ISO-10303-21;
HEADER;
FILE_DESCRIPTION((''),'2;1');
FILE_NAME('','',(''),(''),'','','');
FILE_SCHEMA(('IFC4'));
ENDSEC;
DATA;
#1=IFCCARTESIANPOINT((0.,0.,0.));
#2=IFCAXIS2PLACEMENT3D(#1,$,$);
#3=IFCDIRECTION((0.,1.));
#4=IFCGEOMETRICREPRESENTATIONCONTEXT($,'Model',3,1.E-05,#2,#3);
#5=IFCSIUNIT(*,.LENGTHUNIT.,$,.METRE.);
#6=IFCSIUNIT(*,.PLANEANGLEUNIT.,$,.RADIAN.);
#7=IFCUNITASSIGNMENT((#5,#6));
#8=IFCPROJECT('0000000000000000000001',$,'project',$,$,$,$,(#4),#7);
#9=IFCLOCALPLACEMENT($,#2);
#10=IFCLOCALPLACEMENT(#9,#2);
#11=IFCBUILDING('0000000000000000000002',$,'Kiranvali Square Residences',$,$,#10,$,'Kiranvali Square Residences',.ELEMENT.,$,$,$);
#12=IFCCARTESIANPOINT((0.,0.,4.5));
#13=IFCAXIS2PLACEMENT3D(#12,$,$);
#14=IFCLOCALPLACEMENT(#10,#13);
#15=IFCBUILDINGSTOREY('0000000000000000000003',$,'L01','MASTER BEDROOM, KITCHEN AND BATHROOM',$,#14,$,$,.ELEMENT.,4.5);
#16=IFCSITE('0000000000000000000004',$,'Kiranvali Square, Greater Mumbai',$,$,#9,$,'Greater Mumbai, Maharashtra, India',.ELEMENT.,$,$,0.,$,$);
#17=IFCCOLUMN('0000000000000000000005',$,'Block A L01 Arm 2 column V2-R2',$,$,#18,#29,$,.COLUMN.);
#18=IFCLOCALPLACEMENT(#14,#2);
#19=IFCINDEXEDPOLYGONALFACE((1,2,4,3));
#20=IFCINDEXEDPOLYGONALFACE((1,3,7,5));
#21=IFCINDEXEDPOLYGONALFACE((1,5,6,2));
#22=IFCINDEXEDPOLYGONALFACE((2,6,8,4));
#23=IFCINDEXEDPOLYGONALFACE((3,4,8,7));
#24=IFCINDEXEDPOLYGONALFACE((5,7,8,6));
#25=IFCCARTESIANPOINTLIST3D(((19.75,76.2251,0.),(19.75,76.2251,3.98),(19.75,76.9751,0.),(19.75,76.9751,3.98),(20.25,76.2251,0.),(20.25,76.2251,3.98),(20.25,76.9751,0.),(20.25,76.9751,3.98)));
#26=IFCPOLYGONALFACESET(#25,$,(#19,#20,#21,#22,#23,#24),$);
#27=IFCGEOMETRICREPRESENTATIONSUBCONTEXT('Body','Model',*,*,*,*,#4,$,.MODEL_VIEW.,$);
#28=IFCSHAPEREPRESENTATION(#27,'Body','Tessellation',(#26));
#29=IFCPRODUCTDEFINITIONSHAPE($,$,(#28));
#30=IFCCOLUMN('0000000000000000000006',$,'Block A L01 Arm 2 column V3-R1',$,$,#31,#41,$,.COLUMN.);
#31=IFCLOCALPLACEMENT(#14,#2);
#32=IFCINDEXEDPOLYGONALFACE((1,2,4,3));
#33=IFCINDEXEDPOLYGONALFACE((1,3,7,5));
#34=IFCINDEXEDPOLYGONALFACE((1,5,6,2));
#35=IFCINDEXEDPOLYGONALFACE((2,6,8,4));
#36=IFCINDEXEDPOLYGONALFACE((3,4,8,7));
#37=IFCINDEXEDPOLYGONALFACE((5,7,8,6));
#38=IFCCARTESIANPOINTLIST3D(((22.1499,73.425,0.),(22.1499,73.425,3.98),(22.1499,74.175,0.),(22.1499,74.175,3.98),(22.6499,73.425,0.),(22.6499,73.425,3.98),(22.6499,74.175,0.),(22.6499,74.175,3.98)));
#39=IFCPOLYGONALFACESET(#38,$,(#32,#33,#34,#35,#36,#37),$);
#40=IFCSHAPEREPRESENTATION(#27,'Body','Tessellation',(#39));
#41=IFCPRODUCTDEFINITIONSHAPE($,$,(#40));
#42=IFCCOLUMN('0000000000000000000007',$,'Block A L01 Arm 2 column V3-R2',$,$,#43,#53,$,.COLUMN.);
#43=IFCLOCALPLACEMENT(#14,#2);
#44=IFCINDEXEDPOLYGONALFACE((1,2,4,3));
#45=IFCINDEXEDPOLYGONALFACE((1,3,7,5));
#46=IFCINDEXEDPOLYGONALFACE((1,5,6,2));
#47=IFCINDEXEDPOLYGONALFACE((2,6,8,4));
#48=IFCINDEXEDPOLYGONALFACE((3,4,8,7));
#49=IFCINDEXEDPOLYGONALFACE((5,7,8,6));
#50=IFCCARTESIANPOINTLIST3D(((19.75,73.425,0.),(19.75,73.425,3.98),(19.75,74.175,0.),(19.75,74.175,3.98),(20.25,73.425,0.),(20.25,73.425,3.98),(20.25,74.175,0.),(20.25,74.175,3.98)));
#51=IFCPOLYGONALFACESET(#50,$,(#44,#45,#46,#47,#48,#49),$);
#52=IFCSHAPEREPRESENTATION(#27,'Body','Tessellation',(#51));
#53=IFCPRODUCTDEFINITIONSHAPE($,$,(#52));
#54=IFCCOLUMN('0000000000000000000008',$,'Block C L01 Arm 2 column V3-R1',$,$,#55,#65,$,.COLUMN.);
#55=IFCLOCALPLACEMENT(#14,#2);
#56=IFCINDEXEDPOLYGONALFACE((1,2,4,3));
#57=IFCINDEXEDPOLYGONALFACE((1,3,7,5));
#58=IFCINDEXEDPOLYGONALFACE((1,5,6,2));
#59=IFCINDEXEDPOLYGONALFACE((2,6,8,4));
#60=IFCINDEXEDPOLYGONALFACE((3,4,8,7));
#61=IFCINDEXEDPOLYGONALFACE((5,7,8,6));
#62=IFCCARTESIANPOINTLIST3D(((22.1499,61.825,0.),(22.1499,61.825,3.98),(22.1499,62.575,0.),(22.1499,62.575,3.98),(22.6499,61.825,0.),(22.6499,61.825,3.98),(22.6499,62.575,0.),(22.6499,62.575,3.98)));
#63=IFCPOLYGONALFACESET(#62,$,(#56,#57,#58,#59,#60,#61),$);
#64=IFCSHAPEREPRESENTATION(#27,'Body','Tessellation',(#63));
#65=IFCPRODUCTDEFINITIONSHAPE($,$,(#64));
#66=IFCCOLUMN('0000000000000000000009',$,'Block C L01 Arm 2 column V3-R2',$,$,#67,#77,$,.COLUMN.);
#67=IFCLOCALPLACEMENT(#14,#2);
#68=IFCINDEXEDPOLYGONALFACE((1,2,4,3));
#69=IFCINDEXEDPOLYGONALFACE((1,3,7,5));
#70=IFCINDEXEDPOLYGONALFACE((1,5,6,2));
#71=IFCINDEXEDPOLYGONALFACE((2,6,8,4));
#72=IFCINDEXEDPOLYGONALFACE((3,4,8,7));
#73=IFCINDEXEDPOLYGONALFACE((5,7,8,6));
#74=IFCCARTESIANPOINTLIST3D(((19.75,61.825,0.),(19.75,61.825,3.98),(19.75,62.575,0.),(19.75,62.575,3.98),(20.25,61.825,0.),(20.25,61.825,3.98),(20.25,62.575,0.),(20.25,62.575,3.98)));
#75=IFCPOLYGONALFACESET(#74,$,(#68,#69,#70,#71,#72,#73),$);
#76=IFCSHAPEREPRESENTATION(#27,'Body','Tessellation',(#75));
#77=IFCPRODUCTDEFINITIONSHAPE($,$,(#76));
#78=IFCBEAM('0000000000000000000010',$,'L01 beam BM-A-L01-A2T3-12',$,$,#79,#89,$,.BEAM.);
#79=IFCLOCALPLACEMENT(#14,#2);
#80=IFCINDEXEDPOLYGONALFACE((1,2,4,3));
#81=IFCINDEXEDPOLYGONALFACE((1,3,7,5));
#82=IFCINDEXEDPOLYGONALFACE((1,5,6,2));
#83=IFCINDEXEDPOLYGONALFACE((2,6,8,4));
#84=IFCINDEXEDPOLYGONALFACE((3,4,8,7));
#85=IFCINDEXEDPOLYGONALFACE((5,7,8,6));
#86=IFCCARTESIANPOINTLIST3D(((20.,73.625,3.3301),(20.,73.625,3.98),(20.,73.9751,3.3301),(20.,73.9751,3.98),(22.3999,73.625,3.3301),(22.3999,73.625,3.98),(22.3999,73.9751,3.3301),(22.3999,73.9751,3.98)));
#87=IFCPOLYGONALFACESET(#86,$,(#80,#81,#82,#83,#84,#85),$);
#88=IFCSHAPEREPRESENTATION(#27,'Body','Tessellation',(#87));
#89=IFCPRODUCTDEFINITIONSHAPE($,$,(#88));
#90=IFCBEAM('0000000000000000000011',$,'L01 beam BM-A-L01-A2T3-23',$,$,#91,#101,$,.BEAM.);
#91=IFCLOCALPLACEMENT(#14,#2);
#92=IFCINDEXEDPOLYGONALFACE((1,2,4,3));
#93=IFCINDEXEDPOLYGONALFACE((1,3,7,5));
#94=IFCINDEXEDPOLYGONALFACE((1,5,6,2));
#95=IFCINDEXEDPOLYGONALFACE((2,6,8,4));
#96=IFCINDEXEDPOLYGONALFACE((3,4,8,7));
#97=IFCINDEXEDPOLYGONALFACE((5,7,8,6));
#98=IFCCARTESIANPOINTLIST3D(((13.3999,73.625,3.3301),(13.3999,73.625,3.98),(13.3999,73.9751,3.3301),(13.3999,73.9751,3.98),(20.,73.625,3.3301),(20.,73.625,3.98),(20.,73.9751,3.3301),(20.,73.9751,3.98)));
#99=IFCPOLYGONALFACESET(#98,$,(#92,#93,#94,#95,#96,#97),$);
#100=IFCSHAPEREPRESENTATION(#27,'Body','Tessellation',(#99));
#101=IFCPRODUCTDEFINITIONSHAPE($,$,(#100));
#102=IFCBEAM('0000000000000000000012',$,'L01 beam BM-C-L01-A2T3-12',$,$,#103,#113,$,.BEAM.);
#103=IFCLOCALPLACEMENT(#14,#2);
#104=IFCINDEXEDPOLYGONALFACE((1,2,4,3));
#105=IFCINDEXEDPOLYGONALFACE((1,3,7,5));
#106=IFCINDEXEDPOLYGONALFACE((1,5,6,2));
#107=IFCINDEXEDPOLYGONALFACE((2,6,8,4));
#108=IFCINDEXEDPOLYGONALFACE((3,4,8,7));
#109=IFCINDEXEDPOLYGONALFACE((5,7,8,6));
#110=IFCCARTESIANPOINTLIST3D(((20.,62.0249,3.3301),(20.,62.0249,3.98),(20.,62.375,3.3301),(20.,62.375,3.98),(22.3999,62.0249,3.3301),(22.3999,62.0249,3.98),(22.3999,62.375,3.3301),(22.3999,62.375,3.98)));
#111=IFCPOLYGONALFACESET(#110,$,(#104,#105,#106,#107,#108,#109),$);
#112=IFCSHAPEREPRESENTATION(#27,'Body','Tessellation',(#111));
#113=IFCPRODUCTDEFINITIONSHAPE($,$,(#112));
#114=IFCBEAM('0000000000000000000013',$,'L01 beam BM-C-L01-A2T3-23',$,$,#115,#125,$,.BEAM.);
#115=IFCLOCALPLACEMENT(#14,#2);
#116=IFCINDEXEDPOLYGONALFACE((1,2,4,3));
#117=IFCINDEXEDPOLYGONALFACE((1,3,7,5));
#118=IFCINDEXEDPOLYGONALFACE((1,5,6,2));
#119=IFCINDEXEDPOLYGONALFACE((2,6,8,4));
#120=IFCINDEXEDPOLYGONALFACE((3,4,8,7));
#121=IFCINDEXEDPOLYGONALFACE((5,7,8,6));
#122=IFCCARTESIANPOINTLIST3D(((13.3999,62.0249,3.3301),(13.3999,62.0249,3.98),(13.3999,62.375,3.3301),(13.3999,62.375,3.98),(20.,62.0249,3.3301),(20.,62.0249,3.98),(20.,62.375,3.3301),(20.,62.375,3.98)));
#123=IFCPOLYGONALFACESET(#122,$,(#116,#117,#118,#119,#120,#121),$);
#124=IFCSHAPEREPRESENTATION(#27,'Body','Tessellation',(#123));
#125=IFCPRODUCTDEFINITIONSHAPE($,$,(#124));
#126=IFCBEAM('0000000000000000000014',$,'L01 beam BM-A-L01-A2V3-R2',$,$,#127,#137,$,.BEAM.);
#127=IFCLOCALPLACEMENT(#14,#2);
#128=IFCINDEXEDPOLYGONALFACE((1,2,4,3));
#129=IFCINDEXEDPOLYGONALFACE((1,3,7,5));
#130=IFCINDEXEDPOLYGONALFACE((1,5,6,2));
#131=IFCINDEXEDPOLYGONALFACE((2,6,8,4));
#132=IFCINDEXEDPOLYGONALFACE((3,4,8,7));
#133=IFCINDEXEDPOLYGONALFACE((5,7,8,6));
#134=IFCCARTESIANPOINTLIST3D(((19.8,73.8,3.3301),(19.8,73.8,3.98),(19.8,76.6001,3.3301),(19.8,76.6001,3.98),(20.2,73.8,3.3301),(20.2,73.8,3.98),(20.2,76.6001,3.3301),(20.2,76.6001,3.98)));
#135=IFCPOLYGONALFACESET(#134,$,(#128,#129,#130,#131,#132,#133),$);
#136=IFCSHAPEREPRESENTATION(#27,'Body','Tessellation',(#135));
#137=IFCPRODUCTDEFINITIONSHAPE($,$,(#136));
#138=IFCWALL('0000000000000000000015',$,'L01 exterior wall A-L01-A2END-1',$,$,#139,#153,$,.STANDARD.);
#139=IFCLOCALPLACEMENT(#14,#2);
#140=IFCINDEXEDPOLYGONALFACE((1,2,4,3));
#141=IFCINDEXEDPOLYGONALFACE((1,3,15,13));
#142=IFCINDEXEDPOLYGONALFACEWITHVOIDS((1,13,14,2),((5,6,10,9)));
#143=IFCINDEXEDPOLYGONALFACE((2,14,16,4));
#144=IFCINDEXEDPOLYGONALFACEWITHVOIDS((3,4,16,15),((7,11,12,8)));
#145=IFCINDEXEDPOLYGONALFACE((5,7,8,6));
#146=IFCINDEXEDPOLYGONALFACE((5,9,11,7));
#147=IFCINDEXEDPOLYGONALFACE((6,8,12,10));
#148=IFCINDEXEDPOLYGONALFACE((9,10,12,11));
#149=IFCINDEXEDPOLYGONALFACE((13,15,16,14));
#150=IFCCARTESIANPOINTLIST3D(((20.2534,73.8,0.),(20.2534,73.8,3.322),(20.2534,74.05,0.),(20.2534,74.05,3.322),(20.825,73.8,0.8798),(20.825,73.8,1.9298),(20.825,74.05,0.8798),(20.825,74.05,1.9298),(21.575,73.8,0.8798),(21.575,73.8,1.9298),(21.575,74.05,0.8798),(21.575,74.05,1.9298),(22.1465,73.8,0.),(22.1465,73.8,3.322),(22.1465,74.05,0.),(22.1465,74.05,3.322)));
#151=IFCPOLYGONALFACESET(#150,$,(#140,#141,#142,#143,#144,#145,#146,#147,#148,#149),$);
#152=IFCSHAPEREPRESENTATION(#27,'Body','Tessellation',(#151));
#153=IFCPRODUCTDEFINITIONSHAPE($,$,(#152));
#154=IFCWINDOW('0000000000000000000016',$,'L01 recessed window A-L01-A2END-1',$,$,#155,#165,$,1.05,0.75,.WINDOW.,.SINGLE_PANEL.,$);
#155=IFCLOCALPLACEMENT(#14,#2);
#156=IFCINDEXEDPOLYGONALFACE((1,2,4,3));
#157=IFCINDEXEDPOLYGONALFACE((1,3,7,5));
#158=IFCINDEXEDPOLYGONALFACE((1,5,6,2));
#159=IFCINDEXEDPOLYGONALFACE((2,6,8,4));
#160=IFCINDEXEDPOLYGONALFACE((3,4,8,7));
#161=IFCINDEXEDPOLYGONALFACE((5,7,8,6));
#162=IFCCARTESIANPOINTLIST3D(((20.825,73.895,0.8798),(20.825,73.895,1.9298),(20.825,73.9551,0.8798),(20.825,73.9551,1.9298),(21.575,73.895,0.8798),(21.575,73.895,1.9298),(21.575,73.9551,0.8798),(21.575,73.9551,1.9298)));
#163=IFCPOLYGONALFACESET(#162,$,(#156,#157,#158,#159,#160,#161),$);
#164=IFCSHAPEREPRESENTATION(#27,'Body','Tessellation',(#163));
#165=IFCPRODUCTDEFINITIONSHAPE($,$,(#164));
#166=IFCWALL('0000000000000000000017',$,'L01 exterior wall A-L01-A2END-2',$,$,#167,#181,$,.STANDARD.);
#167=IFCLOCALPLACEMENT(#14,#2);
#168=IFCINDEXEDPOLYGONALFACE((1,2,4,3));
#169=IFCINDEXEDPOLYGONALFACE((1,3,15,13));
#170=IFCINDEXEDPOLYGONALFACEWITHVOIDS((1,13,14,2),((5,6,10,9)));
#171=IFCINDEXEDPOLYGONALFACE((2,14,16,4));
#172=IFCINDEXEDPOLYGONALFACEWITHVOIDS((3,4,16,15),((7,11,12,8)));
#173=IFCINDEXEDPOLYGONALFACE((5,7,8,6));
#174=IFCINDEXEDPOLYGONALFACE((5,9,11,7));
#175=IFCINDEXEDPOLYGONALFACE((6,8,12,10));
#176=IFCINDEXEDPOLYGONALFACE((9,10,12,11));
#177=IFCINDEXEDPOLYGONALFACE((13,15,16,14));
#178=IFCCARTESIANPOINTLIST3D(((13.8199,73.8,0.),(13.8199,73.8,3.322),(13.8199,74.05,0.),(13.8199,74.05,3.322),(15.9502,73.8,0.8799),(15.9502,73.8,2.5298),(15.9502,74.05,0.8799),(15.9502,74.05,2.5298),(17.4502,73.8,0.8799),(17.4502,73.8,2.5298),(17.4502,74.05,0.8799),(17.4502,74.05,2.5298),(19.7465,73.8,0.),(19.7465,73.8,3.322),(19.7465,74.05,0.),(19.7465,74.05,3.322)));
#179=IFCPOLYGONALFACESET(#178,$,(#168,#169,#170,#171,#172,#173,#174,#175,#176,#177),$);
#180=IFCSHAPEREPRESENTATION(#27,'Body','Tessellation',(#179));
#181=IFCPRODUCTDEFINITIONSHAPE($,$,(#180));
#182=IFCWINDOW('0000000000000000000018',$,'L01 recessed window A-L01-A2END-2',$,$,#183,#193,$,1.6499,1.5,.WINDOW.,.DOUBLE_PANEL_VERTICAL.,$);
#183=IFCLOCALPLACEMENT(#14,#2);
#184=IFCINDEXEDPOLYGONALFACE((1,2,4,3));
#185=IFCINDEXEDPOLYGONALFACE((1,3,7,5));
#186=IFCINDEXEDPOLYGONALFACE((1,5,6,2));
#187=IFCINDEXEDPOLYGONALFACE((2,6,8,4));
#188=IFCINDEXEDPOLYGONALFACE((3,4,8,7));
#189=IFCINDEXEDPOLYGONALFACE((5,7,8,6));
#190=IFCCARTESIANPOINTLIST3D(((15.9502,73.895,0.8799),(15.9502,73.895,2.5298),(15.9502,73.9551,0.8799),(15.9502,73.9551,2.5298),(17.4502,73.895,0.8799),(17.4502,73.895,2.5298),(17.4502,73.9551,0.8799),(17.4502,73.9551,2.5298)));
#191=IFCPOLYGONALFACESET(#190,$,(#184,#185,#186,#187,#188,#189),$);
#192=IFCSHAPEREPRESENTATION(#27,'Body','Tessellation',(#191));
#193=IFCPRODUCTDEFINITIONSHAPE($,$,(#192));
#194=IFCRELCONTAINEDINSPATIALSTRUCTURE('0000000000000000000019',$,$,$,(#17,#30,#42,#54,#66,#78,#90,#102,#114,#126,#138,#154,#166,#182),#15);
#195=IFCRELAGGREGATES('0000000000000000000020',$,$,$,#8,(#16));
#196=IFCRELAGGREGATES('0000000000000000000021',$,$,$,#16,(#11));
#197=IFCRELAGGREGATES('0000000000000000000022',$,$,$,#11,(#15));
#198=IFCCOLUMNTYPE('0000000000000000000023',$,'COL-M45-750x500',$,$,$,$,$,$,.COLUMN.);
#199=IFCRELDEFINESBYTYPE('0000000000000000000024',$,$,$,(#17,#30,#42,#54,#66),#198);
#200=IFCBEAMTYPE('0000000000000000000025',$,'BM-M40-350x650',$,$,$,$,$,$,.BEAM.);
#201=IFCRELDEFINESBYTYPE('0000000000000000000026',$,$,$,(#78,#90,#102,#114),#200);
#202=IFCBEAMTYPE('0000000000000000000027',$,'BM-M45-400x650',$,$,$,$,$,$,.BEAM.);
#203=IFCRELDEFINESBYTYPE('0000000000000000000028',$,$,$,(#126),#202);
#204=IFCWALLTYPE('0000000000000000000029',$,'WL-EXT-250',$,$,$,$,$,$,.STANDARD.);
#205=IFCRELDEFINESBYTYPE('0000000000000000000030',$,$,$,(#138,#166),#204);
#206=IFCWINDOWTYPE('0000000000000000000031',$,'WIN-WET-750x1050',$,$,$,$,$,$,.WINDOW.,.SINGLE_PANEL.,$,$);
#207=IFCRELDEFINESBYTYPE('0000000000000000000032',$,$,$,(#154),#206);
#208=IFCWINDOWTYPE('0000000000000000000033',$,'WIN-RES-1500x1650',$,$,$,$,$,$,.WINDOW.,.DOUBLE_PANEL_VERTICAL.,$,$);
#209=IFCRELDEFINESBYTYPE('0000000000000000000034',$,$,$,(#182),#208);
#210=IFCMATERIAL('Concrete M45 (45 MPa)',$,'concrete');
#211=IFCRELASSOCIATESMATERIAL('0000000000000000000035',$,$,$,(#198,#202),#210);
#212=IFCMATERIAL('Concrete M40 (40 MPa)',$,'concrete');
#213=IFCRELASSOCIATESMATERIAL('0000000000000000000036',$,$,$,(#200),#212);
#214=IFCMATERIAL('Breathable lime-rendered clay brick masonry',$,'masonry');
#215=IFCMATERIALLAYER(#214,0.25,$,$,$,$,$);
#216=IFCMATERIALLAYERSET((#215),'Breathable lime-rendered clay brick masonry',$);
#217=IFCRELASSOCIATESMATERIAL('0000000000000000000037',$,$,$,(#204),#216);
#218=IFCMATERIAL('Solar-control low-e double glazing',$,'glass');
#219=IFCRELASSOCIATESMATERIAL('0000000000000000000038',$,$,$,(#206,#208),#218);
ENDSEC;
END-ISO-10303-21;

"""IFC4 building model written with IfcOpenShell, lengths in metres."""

from ifc_helpers import new_model, si_unit, direction, frame, frame_2d, origin, origin_2d, place, context, subcontext, project, spatial, rectangle, extrude, material, layer, layer_set, material_profile, profile_set, type_object, element, fill, save


model = new_model("IFC4")

# Units and contexts
model_context = context("Model", 3, precision=1e-05, world=origin(), true_north=direction((0.0, 1.0)))
body_context = subcontext(model_context, "Body", "Model", "MODEL_VIEW")
ifc_project = project(units=[si_unit("LENGTHUNIT", "METRE"), si_unit("PLANEANGLEUNIT", "RADIAN")], contexts=[model_context])

# Site, building, storey
site_placement = place(None, origin())
site = spatial("IfcSite", under=ifc_project, at=site_placement, Name="Kiranvali Square, Greater Mumbai", LongName="Greater Mumbai, Maharashtra, India", CompositionType="ELEMENT", RefElevation=0.0)
building_placement = place(site_placement, origin())
building = spatial("IfcBuilding", under=site, at=building_placement, Name="Kiranvali Square Residences", LongName="Kiranvali Square Residences", CompositionType="ELEMENT")
storey_placement = place(building_placement, frame((0.0, 0.0, 4.5)))
storey = spatial("IfcBuildingStorey", under=building, at=storey_placement, Name="L01", Description="MASTER BEDROOM, KITCHEN AND BATHROOM", CompositionType="ELEMENT", Elevation=4.5)

# Columns
ifc_material_1 = material(Name="Concrete M45 (45 MPa)", Category="concrete")
ifc_material_profile_1 = material_profile(ifc_material_1, rectangle(XDim=0.5, YDim=0.75, at=origin_2d()), Name="RC 750x500")
ifc_profile_set_1 = profile_set([ifc_material_profile_1], Name="Concrete M45 (45 MPa)")
column_type = type_object("IfcColumnType", Name="COL-M45-750x500", PredefinedType="COLUMN", material=ifc_profile_set_1)
for number, where, z_axis, x_axis, name in (
    (1, (20.0, 76.6001, 0.0), (0.0, 0.0, 1.0), (1.0, 0.0, 0.0), "Block A L01 Arm 2 column V2-R2"),
    (2, (22.3999, 73.8, 0.0), (0.0, 0.0, 1.0), (1.0, 0.0, 0.0), "Block A L01 Arm 2 column V3-R1"),
    (3, (20.0, 73.8, 0.0), (0.0, 0.0, 1.0), (1.0, 0.0, 0.0), "Block A L01 Arm 2 column V3-R2"),
    (4, (22.3999, 62.2, 0.0), (0.0, 0.0, 1.0), (1.0, 0.0, 0.0), "Block C L01 Arm 2 column V3-R1"),
    (5, (20.0, 62.2, 0.0), (0.0, 0.0, 1.0), (1.0, 0.0, 0.0), "Block C L01 Arm 2 column V3-R2"),
):
    element("IfcColumn", number, at=place(storey_placement, frame(where, z_axis=z_axis, x_axis=x_axis)), inside=storey, type_object=column_type, Name=name, PredefinedType="COLUMN", context=body_context, shape_type="SweptSolid", body=[
        extrude(rectangle(XDim=0.5, YDim=0.75, at=origin_2d()), origin(), (0.0, 0.0, 1.0), 3.98),
    ])

# Beams
ifc_material_2 = material(Name="Concrete M40 (40 MPa)", Category="concrete")
ifc_material_profile_2 = material_profile(ifc_material_2, rectangle(XDim=0.3501, YDim=0.6499, at=origin_2d()), Name="RC 350x650")
ifc_profile_set_2 = profile_set([ifc_material_profile_2], Name="Concrete M40 (40 MPa)")
beam_type_1 = type_object("IfcBeamType", Name="BM-M40-350x650", PredefinedType="BEAM", material=ifc_profile_set_2)
beam_1_placement = place(storey_placement, frame((22.3999, 73.8, 3.655), z_axis=(-1.0, 0.0, 0.0), x_axis=(0.0, -1.0, 0.0)))
element("IfcBeam", 6, at=beam_1_placement, inside=storey, type_object=beam_type_1, Name="L01 beam BM-A-L01-A2T3-12", PredefinedType="BEAM", context=body_context, shape_type="SweptSolid", body=[
    extrude(rectangle(XDim=0.3501, YDim=0.6499, at=origin_2d()), origin(), (0.0, 0.0, 1.0), 2.3999),
])
beam_2_placement = place(storey_placement, frame((20.0, 73.8, 3.655), z_axis=(-1.0, 0.0, 0.0), x_axis=(0.0, -1.0, 0.0)))
element("IfcBeam", 7, at=beam_2_placement, inside=storey, type_object=beam_type_1, Name="L01 beam BM-A-L01-A2T3-23", PredefinedType="BEAM", context=body_context, shape_type="SweptSolid", body=[
    extrude(rectangle(XDim=0.3501, YDim=0.6499, at=origin_2d()), origin(), (0.0, 0.0, 1.0), 6.6001),
])
beam_3_placement = place(storey_placement, frame((22.3999, 62.2, 3.655), z_axis=(-1.0, 0.0, 0.0), x_axis=(0.0, -1.0, 0.0)))
element("IfcBeam", 8, at=beam_3_placement, inside=storey, type_object=beam_type_1, Name="L01 beam BM-C-L01-A2T3-12", PredefinedType="BEAM", context=body_context, shape_type="SweptSolid", body=[
    extrude(rectangle(XDim=0.3501, YDim=0.6499, at=origin_2d()), origin(), (0.0, 0.0, 1.0), 2.3999),
])
beam_4_placement = place(storey_placement, frame((20.0, 62.2, 3.655), z_axis=(-1.0, 0.0, 0.0), x_axis=(0.0, -1.0, 0.0)))
element("IfcBeam", 9, at=beam_4_placement, inside=storey, type_object=beam_type_1, Name="L01 beam BM-C-L01-A2T3-23", PredefinedType="BEAM", context=body_context, shape_type="SweptSolid", body=[
    extrude(rectangle(XDim=0.3501, YDim=0.6499, at=origin_2d()), origin(), (0.0, 0.0, 1.0), 6.6001),
])
ifc_material_profile_3 = material_profile(ifc_material_1, rectangle(XDim=0.3999, YDim=0.6499, at=origin_2d()), Name="RC 400x650")
ifc_profile_set_3 = profile_set([ifc_material_profile_3], Name="Concrete M45 (45 MPa)")
beam_type_2 = type_object("IfcBeamType", Name="BM-M45-400x650", PredefinedType="BEAM", material=ifc_profile_set_3)
beam_5_placement = place(storey_placement, frame((20.0, 76.6001, 3.655), z_axis=(0.0, -1.0, 0.0), x_axis=(1.0, 0.0, 0.0)))
element("IfcBeam", 10, at=beam_5_placement, inside=storey, type_object=beam_type_2, Name="L01 beam BM-A-L01-A2V3-R2", PredefinedType="BEAM", context=body_context, shape_type="SweptSolid", body=[
    extrude(rectangle(XDim=0.3999, YDim=0.6499, at=origin_2d()), origin(), (0.0, 0.0, 1.0), 2.8),
])

# Walls, openings, windows
ifc_material_3 = material(Name="Breathable lime-rendered clay brick masonry", Category="masonry")
ifc_layer_1 = layer(ifc_material_3, 0.25)
ifc_layer_set_1 = layer_set([ifc_layer_1], Name="Breathable lime-rendered clay brick masonry")
wall_type_1 = type_object("IfcWallType", Name="WL-EXT-250", PredefinedType="STANDARD", material=ifc_layer_set_1)
wall_1_placement = place(storey_placement, frame((22.1465, 73.925, 0.0), z_axis=(0.0, 0.0, 1.0), x_axis=(-1.0, 0.0, 0.0)))
wall_1 = element("IfcWall", 11, at=wall_1_placement, inside=storey, type_object=wall_type_1, Name="L01 exterior wall A-L01-A2END-1", PredefinedType="STANDARD", context=body_context, shape_type="SweptSolid", body=[
    extrude(rectangle(XDim=1.8931, YDim=0.25, at=frame_2d((0.9465, 0.0))), origin(), (0.0, 0.0, 1.0), 3.322),
])
opening_1_placement = place(wall_1_placement, frame((0.5715, 0.0, 0.8799)))
opening_1 = element("IfcOpeningElement", 12, at=opening_1_placement, cuts=wall_1, PredefinedType="OPENING", context=body_context, shape_type="SweptSolid", body=[
    extrude(rectangle(XDim=0.75, YDim=1.05, at=frame_2d((0.375, 0.5249))), frame((0.0, 0.135, 0.0), z_axis=(0.0, -1.0, 0.0), x_axis=(1.0, 0.0, 0.0)), (0.0, 0.0, 1.0), 0.27),
])
ifc_material_4 = material(Name="Solar-control low-e double glazing", Category="glass")
window_type_1 = type_object("IfcWindowType", Name="WIN-WET-750x1050", PartitioningType="SINGLE_PANEL", PredefinedType="WINDOW", material=ifc_material_4)
window_1_placement = place(opening_1_placement, origin())
window_1 = element("IfcWindow", 13, at=window_1_placement, inside=storey, type_object=window_type_1, Name="L01 recessed window A-L01-A2END-1", OverallHeight=1.05, OverallWidth=0.75, PartitioningType="SINGLE_PANEL", PredefinedType="WINDOW", context=body_context, shape_type="SweptSolid", body=[
    extrude(rectangle(XDim=0.75, YDim=1.05, at=frame_2d((0.375, 0.5249))), frame((0.0, 0.03, 0.0), z_axis=(0.0, -1.0, 0.0), x_axis=(1.0, 0.0, 0.0)), (0.0, 0.0, 1.0), 0.0601),
])
fill(opening_1, window_1)
wall_2_placement = place(storey_placement, frame((19.7466, 73.925, 0.0), z_axis=(0.0, 0.0, 1.0), x_axis=(-1.0, 0.0, 0.0)))
wall_2 = element("IfcWall", 14, at=wall_2_placement, inside=storey, type_object=wall_type_1, Name="L01 exterior wall A-L01-A2END-2", PredefinedType="STANDARD", context=body_context, shape_type="SweptSolid", body=[
    extrude(rectangle(XDim=5.9265, YDim=0.25, at=frame_2d((2.9634, 0.0))), origin(), (0.0, 0.0, 1.0), 3.322),
])
opening_2_placement = place(wall_2_placement, frame((2.2964, 0.0, 0.8799)))
opening_2 = element("IfcOpeningElement", 15, at=opening_2_placement, cuts=wall_2, PredefinedType="OPENING", context=body_context, shape_type="SweptSolid", body=[
    extrude(rectangle(XDim=1.5, YDim=1.6499, at=frame_2d((0.75, 0.825))), frame((0.0, 0.135, 0.0), z_axis=(0.0, -1.0, 0.0), x_axis=(1.0, 0.0, 0.0)), (0.0, 0.0, 1.0), 0.27),
])
window_type_2 = type_object("IfcWindowType", Name="WIN-RES-1500x1650", PartitioningType="DOUBLE_PANEL_VERTICAL", PredefinedType="WINDOW", material=ifc_material_4)
window_2_placement = place(opening_2_placement, origin())
window_2 = element("IfcWindow", 16, at=window_2_placement, inside=storey, type_object=window_type_2, Name="L01 recessed window A-L01-A2END-2", OverallHeight=1.6499, OverallWidth=1.5, PartitioningType="DOUBLE_PANEL_VERTICAL", PredefinedType="WINDOW", context=body_context, shape_type="SweptSolid", body=[
    extrude(rectangle(XDim=1.5, YDim=1.6499, at=frame_2d((0.75, 0.825))), frame((0.0, 0.03, 0.0), z_axis=(0.0, -1.0, 0.0), x_axis=(1.0, 0.0, 0.0)), (0.0, 0.0, 1.0), 0.0601),
])
fill(opening_2, window_2)

save(model, "model.ifc")
